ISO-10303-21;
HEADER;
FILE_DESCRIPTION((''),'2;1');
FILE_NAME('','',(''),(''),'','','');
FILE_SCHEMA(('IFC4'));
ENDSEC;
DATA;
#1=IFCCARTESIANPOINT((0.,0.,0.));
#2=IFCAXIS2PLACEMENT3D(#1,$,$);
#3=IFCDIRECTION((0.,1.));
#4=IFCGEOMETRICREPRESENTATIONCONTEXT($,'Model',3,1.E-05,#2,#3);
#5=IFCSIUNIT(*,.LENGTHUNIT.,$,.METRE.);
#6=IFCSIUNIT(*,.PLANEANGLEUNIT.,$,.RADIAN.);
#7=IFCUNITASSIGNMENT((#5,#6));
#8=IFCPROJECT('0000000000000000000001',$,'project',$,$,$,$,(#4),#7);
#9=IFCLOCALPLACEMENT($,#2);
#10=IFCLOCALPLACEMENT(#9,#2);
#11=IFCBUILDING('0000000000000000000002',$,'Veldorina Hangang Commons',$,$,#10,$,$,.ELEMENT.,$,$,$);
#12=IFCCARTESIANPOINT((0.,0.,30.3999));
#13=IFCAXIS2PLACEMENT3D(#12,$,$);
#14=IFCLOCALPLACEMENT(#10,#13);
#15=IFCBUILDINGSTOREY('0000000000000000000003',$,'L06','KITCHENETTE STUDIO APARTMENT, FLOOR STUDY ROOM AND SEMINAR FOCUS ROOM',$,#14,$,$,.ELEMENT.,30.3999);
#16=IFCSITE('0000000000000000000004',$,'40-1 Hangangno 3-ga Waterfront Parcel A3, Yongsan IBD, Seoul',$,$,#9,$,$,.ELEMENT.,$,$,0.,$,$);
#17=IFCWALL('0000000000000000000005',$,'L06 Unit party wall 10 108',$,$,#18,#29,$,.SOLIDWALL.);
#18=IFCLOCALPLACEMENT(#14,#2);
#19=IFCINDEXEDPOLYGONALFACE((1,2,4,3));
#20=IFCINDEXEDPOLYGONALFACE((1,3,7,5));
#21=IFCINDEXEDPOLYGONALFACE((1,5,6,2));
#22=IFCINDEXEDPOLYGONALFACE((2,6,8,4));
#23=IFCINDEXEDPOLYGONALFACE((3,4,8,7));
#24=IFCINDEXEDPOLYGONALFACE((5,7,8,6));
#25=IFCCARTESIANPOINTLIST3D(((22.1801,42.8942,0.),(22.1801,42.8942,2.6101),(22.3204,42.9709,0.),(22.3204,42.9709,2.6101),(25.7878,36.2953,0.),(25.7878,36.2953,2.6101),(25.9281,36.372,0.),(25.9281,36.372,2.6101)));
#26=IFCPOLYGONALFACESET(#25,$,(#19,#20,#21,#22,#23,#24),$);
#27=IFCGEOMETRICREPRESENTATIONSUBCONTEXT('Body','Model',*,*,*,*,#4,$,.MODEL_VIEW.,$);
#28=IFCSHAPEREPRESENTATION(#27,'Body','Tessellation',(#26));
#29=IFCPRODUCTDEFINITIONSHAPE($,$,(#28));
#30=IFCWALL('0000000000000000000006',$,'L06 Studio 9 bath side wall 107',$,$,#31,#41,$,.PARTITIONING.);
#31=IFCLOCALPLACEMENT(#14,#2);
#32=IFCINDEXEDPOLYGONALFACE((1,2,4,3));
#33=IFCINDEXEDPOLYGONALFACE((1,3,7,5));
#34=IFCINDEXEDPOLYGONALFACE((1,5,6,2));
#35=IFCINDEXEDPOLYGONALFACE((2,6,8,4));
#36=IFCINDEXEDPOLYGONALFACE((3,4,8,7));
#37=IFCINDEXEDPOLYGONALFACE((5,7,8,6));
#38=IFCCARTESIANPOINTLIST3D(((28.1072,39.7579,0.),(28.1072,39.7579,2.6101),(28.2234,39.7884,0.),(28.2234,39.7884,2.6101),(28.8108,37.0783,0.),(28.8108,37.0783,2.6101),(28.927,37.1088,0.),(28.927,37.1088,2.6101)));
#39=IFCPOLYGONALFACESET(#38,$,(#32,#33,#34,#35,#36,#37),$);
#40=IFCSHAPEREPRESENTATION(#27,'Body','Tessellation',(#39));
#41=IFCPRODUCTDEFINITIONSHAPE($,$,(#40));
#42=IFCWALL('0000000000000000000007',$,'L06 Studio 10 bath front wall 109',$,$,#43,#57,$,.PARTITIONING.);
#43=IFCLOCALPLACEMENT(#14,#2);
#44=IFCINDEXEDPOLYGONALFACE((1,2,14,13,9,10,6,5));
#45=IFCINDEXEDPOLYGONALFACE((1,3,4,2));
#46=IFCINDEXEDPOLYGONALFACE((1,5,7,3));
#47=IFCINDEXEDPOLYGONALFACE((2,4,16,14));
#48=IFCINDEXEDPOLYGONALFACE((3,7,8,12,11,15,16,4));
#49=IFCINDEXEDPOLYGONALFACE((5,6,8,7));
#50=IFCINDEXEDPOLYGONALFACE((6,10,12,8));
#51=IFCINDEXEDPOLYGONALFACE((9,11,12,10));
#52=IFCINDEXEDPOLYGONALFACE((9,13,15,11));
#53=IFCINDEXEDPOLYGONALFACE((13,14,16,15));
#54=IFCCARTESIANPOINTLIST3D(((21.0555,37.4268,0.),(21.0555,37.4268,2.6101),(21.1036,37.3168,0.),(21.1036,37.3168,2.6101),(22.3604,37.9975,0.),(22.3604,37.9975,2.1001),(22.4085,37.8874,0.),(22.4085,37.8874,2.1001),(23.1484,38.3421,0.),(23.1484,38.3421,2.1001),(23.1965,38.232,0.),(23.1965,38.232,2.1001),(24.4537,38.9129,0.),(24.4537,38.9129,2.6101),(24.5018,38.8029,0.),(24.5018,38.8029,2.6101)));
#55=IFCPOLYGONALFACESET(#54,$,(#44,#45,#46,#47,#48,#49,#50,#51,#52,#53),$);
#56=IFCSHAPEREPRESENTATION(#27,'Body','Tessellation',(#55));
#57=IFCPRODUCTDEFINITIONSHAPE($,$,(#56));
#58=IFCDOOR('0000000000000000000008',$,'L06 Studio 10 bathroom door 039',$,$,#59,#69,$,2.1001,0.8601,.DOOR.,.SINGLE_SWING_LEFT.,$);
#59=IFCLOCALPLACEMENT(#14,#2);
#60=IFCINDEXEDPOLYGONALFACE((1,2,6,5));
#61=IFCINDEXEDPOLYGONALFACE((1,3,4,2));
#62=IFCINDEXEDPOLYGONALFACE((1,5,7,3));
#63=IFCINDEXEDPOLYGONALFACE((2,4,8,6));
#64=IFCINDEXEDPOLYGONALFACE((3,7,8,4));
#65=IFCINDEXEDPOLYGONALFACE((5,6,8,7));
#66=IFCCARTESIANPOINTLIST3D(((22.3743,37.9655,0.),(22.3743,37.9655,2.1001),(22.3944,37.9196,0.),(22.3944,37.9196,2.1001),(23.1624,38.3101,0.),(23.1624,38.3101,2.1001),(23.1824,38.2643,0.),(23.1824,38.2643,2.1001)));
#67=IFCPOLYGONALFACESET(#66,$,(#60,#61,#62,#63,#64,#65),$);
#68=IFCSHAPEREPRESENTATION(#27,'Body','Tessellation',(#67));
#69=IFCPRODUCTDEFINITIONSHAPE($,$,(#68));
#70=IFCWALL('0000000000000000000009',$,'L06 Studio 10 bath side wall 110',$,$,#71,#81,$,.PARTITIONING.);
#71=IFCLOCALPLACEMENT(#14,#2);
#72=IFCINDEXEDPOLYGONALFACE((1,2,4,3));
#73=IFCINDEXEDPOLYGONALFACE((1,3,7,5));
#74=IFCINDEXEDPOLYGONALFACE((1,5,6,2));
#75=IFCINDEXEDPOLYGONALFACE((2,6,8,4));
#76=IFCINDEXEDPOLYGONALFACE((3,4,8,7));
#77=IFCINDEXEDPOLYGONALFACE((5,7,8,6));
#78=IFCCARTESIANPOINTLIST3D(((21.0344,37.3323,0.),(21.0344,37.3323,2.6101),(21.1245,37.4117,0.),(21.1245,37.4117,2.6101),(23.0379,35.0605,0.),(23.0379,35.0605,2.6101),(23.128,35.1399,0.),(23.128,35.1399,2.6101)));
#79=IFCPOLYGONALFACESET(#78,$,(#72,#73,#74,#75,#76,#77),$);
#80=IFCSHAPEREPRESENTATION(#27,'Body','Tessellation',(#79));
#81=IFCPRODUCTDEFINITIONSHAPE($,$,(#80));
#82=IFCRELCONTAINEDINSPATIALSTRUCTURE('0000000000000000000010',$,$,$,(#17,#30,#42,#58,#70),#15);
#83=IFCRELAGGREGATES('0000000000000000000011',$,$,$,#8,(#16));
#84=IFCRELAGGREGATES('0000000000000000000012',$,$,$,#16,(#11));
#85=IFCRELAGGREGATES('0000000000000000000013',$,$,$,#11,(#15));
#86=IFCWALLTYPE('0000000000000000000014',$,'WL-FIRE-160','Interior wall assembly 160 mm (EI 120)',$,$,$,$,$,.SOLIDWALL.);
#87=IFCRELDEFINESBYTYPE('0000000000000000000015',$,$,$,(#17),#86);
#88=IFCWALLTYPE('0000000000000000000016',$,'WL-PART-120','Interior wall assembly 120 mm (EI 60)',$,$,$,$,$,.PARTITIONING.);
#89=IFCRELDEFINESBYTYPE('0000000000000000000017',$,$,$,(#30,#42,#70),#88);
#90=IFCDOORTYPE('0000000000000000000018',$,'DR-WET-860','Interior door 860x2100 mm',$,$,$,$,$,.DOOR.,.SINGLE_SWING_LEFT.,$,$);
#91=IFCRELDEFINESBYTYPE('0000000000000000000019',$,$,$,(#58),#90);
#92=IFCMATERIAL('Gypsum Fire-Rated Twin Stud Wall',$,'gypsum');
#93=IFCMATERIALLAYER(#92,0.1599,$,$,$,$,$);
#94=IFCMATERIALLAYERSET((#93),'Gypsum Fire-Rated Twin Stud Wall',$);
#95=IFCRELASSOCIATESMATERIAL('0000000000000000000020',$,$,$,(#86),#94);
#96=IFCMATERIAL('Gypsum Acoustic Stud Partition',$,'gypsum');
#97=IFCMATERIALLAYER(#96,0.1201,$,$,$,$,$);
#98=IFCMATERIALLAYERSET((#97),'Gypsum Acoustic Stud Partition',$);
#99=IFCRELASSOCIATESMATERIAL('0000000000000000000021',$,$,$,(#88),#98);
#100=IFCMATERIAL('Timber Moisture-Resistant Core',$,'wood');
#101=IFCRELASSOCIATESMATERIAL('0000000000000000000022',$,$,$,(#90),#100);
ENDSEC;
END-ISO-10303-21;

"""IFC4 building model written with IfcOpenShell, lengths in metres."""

from ifc_helpers import new_model, si_unit, direction, frame, frame_2d, origin, place, context, subcontext, project, spatial, rectangle, extrude, material, layer, layer_set, type_object, element, fill, save


model = new_model("IFC4")

# Units and contexts
model_context = context("Model", 3, precision=1e-05, world=origin(), true_north=direction((0.0, 1.0)))
body_context = subcontext(model_context, "Body", "Model", "MODEL_VIEW")
ifc_project = project(units=[si_unit("LENGTHUNIT", "METRE"), si_unit("PLANEANGLEUNIT", "RADIAN")], contexts=[model_context])

# Site, building, storey
site_placement = place(None, origin())
site = spatial("IfcSite", under=ifc_project, at=site_placement, Name="40-1 Hangangno 3-ga Waterfront Parcel A3, Yongsan IBD, Seoul", CompositionType="ELEMENT", RefElevation=0.0)
building_placement = place(site_placement, origin())
building = spatial("IfcBuilding", under=site, at=building_placement, Name="Veldorina Hangang Commons", CompositionType="ELEMENT")
storey_placement = place(building_placement, frame((0.0, 0.0, 30.3999)))
storey = spatial("IfcBuildingStorey", under=building, at=storey_placement, Name="L06", Description="KITCHENETTE STUDIO APARTMENT, FLOOR STUDY ROOM AND SEMINAR FOCUS ROOM", CompositionType="ELEMENT", Elevation=30.3999)

# Shared definitions
ifc_material_1 = material(Name="Gypsum Fire-Rated Twin Stud Wall", Category="gypsum")
ifc_layer_1 = layer(ifc_material_1, 0.1599)
ifc_layer_set_1 = layer_set([ifc_layer_1], Name="Gypsum Fire-Rated Twin Stud Wall")
wall_type_1 = type_object("IfcWallType", Name="WL-FIRE-160", Description="Interior wall assembly 160 mm (EI 120)", PredefinedType="SOLIDWALL", material=ifc_layer_set_1)

# Walls
wall_1_placement = place(storey_placement, frame((25.8579, 36.3337, 0.0), z_axis=(0.0, 0.0, 1.0), x_axis=(-0.4797, 0.877432, 0.0)))
element("IfcWall", 1, at=wall_1_placement, inside=storey, type_object=wall_type_1, Name="L06 Unit party wall 10 108", PredefinedType="SOLIDWALL", context=body_context, shape_type="SweptSolid", body=[
    extrude(rectangle(XDim=7.5208, YDim=0.1599, at=frame_2d((3.7603, 0.0))), origin(), (0.0, 0.0, 1.0), 2.6101),
])
ifc_material_2 = material(Name="Gypsum Acoustic Stud Partition", Category="gypsum")
ifc_layer_2 = layer(ifc_material_2, 0.1201)
ifc_layer_set_2 = layer_set([ifc_layer_2], Name="Gypsum Acoustic Stud Partition")
wall_type_2 = type_object("IfcWallType", Name="WL-PART-120", Description="Interior wall assembly 120 mm (EI 60)", PredefinedType="PARTITIONING", material=ifc_layer_set_2)
wall_2_placement = place(storey_placement, frame((28.8689, 37.0935, 0.0), z_axis=(0.0, 0.0, 1.0), x_axis=(-0.253964, 0.967214, 0.0)))
element("IfcWall", 2, at=wall_2_placement, inside=storey, type_object=wall_type_2, Name="L06 Studio 9 bath side wall 107", PredefinedType="PARTITIONING", context=body_context, shape_type="SweptSolid", body=[
    extrude(rectangle(XDim=2.7705, YDim=0.1201, at=frame_2d((1.3853, 0.0))), origin(), (0.0, 0.0, 1.0), 2.6101),
])

# Wall, opening, door
wall_3_placement = place(storey_placement, frame((24.4778, 38.8579, 0.0), z_axis=(0.0, 0.0, 1.0), x_axis=(-0.916219, -0.400677, 0.0)))
wall_3 = element("IfcWall", 3, at=wall_3_placement, inside=storey, type_object=wall_type_2, Name="L06 Studio 10 bath front wall 109", PredefinedType="PARTITIONING", context=body_context, shape_type="SweptSolid", body=[
    extrude(rectangle(XDim=3.709, YDim=0.1201, at=frame_2d((1.8545, 0.0))), origin(), (0.0, 0.0, 1.0), 2.6101),
])
opening_1_placement = place(wall_3_placement, frame((1.4246, 0.0, 0.0)))
opening_1 = element("IfcOpeningElement", 4, at=opening_1_placement, cuts=wall_3, PredefinedType="OPENING", context=body_context, shape_type="SweptSolid", body=[
    extrude(rectangle(XDim=0.8601, YDim=2.1001, at=frame_2d((0.4302, 1.05))), frame((0.0, 0.0701, 0.0), z_axis=(0.0, -1.0, 0.0), x_axis=(1.0, 0.0, 0.0)), (0.0, 0.0, 1.0), 0.1401),
])
ifc_material_3 = material(Name="Timber Moisture-Resistant Core", Category="wood")
door_type_1 = type_object("IfcDoorType", Name="DR-WET-860", Description="Interior door 860x2100 mm", OperationType="SINGLE_SWING_LEFT", PredefinedType="DOOR", material=ifc_material_3)
door_1_placement = place(opening_1_placement, origin())
door_1 = element("IfcDoor", 5, at=door_1_placement, inside=storey, type_object=door_type_1, Name="L06 Studio 10 bathroom door 039", OperationType="SINGLE_SWING_LEFT", OverallHeight=2.1001, OverallWidth=0.8601, PredefinedType="DOOR", context=body_context, shape_type="SweptSolid", body=[
    extrude(rectangle(XDim=0.8601, YDim=2.1001, at=frame_2d((0.4302, 1.05))), frame((0.0, 0.0249, 0.0), z_axis=(0.0, -1.0, 0.0), x_axis=(1.0, 0.0, 0.0)), (0.0, 0.0, 1.0), 0.05),
])
fill(opening_1, door_1)

# Wall
wall_4_placement = place(storey_placement, frame((23.083, 35.1001, 0.0), z_axis=(0.0, 0.0, 1.0), x_axis=(-0.661427, 0.75001, 0.0)))
element("IfcWall", 6, at=wall_4_placement, inside=storey, type_object=wall_type_2, Name="L06 Studio 10 bath side wall 110", PredefinedType="PARTITIONING", context=body_context, shape_type="SweptSolid", body=[
    extrude(rectangle(XDim=3.0291, YDim=0.1201, at=frame_2d((1.5146, 0.0))), origin(), (0.0, 0.0, 1.0), 2.6101),
])

save(model, "model.ifc")
